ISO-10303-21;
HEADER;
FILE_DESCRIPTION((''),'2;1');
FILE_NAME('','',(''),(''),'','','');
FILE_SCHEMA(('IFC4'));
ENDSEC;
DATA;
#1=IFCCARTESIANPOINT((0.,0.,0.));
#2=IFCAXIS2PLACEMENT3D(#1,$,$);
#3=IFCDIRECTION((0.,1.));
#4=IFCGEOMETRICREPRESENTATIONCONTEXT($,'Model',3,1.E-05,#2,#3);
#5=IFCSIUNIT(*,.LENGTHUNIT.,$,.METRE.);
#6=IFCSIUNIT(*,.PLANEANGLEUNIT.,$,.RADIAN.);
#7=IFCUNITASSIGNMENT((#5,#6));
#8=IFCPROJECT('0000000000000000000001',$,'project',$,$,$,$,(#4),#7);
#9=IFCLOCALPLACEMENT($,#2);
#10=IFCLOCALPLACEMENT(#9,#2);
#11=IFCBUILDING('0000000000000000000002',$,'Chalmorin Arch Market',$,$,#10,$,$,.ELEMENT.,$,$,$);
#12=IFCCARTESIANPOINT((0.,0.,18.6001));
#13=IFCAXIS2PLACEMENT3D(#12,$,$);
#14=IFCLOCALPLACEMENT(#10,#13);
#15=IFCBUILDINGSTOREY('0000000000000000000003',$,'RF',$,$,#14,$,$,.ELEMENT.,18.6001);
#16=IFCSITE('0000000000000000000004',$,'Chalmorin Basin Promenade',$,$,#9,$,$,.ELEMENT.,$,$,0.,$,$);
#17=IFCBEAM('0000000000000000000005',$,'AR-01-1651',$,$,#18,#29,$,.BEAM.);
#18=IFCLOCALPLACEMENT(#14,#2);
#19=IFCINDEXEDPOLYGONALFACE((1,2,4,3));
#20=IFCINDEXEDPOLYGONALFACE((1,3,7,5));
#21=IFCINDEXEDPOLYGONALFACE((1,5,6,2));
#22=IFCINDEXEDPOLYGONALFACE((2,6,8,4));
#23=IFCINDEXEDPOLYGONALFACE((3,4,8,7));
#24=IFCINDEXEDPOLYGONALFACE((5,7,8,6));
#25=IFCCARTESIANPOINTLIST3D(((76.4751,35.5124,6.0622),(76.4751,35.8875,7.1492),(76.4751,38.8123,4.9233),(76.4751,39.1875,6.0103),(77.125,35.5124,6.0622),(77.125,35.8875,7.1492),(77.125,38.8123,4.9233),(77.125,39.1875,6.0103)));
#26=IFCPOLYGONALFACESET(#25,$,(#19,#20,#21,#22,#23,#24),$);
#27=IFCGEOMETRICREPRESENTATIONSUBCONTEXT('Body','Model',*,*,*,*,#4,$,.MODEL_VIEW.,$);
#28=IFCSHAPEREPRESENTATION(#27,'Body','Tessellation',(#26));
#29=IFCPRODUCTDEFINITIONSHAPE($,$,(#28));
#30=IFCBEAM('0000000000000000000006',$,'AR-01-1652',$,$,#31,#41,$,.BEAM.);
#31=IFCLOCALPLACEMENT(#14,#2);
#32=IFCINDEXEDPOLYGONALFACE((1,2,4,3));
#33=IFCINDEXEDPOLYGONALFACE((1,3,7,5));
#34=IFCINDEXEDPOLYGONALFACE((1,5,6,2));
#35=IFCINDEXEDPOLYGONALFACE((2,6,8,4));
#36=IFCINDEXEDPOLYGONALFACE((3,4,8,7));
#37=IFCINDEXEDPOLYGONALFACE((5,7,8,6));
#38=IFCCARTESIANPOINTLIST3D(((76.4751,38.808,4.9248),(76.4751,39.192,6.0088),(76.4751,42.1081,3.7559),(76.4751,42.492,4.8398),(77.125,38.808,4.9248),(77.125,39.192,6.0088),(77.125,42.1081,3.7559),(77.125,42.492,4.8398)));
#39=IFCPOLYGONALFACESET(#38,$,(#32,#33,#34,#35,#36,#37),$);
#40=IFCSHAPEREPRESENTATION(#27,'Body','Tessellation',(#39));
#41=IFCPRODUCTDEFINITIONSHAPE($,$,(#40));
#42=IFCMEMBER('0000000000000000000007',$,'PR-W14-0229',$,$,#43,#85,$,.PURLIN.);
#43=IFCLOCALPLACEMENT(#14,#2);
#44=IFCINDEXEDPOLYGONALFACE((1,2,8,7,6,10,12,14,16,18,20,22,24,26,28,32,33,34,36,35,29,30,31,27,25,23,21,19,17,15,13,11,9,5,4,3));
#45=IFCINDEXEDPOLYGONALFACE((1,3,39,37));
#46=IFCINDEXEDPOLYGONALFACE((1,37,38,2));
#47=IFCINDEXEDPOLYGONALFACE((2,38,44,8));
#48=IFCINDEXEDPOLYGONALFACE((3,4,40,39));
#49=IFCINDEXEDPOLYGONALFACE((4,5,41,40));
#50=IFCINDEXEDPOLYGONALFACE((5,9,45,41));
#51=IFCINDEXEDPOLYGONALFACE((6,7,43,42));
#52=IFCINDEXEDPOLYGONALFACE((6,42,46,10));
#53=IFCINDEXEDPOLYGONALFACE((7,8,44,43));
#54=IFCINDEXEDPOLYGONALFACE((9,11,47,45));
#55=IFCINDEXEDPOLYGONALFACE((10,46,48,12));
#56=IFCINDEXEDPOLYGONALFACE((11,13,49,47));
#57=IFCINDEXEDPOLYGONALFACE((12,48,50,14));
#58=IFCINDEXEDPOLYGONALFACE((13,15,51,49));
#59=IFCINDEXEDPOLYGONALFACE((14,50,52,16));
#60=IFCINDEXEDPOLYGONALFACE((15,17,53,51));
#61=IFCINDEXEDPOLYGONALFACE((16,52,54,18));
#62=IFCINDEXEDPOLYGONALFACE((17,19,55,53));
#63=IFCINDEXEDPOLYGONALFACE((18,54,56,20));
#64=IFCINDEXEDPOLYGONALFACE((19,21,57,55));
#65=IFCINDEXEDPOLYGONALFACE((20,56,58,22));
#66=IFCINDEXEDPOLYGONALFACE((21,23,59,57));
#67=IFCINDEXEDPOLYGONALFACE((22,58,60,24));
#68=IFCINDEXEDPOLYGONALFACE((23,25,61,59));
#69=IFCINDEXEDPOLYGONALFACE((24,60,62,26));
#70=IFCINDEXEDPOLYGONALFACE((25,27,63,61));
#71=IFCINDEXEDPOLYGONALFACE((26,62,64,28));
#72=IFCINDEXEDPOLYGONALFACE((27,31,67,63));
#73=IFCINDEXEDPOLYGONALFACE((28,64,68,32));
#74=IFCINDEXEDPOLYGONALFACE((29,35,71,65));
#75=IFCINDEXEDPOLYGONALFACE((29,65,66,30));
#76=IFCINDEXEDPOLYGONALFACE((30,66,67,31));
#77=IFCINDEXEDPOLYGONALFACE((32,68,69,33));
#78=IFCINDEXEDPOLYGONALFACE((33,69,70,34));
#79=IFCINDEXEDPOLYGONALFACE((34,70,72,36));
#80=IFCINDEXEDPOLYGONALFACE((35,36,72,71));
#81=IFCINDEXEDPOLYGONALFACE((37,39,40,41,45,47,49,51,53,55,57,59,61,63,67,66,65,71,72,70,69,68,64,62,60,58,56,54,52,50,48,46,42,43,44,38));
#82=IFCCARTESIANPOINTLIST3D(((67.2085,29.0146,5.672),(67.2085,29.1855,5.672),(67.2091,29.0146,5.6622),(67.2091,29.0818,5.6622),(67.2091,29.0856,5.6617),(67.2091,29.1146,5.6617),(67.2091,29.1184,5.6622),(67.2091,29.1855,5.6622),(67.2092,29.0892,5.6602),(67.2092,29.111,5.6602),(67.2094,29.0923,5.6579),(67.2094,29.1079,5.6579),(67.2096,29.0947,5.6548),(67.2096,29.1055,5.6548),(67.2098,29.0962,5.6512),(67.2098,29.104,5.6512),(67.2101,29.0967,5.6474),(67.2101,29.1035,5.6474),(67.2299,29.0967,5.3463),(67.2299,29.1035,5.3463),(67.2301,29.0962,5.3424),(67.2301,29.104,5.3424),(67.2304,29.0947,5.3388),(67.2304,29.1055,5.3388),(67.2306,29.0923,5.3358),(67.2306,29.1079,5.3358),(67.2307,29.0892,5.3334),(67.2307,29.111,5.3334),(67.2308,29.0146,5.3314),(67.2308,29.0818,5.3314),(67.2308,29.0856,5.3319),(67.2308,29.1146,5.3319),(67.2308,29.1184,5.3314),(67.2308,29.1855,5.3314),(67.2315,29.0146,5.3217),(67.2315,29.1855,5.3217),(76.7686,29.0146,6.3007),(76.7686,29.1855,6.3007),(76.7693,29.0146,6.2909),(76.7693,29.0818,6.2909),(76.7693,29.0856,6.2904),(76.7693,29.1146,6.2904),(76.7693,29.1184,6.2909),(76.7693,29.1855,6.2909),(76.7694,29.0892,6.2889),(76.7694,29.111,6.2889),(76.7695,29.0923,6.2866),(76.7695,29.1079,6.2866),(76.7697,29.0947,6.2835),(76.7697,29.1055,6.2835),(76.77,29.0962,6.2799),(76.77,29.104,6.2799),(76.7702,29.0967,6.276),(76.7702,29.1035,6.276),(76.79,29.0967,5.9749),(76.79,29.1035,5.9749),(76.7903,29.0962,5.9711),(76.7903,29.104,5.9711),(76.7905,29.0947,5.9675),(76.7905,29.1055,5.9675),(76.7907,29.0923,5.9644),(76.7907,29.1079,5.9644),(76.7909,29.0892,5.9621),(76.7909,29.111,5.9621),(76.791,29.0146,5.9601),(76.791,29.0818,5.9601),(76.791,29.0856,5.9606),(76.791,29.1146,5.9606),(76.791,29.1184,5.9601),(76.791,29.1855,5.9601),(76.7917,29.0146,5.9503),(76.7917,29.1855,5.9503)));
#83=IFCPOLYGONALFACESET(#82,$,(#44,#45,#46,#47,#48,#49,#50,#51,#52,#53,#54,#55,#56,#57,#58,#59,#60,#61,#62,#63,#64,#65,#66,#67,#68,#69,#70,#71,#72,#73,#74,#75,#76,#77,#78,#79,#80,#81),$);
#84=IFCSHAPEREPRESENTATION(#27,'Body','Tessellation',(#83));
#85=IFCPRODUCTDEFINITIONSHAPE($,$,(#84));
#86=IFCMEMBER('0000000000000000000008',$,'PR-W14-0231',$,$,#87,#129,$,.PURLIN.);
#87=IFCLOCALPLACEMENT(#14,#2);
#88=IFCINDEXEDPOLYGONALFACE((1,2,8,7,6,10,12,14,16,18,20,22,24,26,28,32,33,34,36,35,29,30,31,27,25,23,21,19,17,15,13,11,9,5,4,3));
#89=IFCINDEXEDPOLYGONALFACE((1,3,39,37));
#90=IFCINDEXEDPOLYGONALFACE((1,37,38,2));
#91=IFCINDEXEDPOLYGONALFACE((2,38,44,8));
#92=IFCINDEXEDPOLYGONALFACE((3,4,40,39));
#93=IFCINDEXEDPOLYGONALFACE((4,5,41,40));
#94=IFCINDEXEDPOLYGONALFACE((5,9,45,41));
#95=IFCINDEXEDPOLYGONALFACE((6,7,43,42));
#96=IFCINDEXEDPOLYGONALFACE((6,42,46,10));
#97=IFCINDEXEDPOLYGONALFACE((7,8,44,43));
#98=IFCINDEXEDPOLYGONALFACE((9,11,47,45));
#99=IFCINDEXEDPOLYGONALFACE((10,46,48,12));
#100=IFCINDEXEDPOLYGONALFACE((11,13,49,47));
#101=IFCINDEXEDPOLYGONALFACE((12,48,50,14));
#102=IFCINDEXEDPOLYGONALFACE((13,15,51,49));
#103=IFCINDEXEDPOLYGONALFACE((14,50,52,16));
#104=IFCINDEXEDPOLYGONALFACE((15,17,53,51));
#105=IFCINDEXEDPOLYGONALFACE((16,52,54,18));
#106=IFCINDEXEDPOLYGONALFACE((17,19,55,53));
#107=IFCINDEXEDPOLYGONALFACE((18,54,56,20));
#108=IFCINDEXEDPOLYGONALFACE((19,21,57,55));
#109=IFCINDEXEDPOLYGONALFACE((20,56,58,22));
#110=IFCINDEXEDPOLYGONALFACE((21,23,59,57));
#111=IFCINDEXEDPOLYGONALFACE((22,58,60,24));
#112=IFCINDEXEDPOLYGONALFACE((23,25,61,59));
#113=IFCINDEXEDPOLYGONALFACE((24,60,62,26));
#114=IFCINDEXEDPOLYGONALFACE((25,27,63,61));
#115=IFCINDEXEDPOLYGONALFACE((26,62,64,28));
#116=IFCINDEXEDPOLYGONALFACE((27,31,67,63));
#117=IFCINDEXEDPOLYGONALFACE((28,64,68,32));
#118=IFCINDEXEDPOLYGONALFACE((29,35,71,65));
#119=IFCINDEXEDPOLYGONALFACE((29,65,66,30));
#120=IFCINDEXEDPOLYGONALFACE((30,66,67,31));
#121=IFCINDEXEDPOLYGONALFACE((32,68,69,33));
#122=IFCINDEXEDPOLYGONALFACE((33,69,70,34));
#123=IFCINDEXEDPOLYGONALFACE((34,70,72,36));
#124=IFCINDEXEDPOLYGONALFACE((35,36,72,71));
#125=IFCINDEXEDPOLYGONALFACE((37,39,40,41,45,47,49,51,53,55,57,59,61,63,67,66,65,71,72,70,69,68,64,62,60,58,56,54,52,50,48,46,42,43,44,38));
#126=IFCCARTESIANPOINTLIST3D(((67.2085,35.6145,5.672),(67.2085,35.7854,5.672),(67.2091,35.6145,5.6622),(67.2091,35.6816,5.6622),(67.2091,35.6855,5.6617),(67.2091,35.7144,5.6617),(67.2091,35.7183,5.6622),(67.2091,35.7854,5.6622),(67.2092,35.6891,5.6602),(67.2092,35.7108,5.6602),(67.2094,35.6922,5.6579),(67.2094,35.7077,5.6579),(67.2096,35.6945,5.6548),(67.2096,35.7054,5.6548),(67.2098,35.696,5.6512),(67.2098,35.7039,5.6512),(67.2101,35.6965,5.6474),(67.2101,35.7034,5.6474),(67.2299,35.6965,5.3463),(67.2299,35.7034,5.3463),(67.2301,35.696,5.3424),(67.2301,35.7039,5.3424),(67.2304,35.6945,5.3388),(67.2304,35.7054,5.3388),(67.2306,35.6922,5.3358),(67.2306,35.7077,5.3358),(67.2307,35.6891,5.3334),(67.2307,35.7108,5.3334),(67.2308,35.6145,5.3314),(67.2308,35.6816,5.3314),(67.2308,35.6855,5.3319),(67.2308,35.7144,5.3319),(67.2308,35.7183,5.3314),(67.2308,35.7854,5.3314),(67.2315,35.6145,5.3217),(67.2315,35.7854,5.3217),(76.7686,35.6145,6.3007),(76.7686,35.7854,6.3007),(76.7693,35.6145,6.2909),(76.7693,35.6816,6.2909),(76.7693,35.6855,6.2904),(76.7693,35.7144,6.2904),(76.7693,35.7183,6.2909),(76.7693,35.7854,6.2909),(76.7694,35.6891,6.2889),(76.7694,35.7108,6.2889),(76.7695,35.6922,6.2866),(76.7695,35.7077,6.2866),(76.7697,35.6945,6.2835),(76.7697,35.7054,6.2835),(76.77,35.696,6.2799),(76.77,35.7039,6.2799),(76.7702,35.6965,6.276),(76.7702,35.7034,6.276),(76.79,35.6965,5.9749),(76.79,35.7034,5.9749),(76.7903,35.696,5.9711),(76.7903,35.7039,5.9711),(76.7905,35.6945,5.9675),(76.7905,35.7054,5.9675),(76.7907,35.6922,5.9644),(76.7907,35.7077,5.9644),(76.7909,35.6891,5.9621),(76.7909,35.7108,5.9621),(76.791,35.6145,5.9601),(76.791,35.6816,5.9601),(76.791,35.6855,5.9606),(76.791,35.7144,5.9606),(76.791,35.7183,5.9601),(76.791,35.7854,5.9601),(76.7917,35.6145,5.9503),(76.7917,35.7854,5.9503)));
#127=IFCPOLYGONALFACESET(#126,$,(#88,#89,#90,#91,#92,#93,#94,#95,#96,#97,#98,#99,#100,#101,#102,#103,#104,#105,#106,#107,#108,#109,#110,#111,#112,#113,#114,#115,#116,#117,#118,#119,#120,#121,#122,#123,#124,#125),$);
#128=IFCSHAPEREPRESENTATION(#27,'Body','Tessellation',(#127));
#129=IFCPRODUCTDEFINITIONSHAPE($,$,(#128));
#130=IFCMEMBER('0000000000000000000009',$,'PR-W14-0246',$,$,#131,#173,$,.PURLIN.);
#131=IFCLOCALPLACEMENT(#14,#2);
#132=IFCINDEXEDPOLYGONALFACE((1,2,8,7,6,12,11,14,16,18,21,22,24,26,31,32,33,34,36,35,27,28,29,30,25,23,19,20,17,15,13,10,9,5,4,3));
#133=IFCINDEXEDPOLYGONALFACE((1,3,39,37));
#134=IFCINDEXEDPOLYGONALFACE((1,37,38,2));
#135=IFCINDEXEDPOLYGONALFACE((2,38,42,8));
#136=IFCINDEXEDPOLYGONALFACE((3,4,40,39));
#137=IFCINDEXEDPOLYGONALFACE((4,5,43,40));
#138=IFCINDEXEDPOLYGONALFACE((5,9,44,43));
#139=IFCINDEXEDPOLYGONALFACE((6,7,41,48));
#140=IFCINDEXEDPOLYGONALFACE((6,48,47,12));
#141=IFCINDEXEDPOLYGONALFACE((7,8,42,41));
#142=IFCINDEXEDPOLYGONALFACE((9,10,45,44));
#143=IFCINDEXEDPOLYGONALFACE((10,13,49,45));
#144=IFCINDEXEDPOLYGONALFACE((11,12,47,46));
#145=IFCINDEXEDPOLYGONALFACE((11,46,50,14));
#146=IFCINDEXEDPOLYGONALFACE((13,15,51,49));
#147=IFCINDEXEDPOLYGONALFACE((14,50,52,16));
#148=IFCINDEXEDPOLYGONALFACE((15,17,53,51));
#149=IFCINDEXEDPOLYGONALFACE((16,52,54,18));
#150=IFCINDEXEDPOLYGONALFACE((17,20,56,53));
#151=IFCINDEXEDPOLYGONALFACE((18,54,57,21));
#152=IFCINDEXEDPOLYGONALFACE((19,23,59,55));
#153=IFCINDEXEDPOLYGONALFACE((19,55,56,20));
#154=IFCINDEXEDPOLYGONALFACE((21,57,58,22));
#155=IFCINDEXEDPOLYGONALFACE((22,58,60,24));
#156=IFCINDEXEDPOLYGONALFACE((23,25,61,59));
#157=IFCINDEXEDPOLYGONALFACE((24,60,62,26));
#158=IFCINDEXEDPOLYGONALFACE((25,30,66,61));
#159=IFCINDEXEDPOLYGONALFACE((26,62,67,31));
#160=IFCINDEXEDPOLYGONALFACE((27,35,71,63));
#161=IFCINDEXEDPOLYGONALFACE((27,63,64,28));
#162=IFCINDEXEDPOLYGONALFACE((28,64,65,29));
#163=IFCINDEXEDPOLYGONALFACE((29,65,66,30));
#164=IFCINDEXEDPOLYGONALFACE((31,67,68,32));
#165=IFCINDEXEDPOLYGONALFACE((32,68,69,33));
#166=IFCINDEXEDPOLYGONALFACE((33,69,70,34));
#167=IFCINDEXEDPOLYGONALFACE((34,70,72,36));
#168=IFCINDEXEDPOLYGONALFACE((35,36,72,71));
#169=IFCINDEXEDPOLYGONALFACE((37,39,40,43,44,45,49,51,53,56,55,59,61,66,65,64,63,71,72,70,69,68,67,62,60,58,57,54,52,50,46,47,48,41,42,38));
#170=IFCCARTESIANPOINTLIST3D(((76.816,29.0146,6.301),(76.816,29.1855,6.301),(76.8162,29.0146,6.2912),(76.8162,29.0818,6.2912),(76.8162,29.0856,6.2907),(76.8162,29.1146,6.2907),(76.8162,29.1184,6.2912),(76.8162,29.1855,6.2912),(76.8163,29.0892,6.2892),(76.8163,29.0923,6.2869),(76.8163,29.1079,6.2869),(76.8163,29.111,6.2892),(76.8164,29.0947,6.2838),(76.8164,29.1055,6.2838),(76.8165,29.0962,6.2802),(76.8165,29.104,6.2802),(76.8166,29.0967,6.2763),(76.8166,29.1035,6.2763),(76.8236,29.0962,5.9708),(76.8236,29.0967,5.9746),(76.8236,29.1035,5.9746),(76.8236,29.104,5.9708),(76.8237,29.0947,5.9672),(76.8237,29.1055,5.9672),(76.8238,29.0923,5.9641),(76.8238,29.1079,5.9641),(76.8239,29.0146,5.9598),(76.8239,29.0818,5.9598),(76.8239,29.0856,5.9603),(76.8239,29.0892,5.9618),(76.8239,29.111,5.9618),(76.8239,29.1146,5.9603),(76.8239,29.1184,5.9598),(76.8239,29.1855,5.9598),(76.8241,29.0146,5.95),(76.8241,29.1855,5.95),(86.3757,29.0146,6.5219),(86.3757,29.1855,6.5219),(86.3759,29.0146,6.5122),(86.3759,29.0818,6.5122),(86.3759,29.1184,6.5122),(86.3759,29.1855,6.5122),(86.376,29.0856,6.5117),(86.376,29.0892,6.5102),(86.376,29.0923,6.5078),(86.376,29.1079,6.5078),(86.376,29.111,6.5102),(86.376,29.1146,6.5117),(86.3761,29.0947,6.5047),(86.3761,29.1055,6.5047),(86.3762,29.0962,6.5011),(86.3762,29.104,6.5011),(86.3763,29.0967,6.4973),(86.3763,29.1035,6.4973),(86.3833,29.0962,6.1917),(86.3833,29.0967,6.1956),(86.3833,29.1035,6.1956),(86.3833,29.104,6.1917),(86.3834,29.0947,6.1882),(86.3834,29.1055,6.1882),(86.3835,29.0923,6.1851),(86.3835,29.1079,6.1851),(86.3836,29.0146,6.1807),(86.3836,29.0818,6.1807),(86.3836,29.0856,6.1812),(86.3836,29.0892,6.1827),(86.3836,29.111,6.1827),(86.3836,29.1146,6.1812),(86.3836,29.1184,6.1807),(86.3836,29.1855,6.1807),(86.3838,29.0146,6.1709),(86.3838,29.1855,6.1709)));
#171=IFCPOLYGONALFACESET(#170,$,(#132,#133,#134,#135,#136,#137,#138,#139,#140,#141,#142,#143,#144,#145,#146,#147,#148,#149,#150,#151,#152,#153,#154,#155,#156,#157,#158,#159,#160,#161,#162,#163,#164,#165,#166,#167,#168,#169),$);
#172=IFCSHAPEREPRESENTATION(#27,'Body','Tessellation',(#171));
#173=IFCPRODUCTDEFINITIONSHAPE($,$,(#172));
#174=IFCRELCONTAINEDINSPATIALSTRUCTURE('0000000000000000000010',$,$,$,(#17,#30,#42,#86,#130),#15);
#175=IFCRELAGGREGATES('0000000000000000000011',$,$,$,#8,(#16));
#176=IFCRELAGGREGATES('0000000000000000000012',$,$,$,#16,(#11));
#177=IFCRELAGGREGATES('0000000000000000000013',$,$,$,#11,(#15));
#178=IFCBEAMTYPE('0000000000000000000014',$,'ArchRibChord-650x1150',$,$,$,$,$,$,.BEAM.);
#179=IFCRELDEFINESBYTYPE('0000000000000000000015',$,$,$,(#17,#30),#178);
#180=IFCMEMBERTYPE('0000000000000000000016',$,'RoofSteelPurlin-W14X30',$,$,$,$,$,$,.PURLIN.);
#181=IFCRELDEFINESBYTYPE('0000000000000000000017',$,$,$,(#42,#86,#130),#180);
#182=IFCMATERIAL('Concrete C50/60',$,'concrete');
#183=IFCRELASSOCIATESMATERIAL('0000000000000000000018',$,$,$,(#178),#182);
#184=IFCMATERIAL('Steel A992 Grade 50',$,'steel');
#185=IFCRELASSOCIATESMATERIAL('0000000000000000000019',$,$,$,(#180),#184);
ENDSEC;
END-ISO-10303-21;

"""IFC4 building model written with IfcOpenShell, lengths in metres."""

from ifc_helpers import new_model, si_unit, direction, frame, origin, origin_2d, place, context, subcontext, project, spatial, rectangle, i_section, extrude, material, material_profile, profile_set, type_object, element, save


model = new_model("IFC4")

# Units and contexts
model_context = context("Model", 3, precision=1e-05, world=origin(), true_north=direction((0.0, 1.0)))
body_context = subcontext(model_context, "Body", "Model", "MODEL_VIEW")
ifc_project = project(units=[si_unit("LENGTHUNIT", "METRE"), si_unit("PLANEANGLEUNIT", "RADIAN")], contexts=[model_context])

# Site, building, storey
site_placement = place(None, origin())
site = spatial("IfcSite", under=ifc_project, at=site_placement, Name="Chalmorin Basin Promenade", CompositionType="ELEMENT", RefElevation=0.0)
building_placement = place(site_placement, origin())
building = spatial("IfcBuilding", under=site, at=building_placement, Name="Chalmorin Arch Market", CompositionType="ELEMENT")
storey_placement = place(building_placement, frame((0.0, 0.0, 18.6001)))
storey = spatial("IfcBuildingStorey", under=building, at=storey_placement, Name="RF", CompositionType="ELEMENT", Elevation=18.6001)

# Beams
ifc_material_1 = material(Name="Concrete C50/60", Category="concrete")
ifc_material_profile_1 = material_profile(ifc_material_1, rectangle(XDim=0.6499, YDim=1.1499, at=origin_2d()), Name="RC650X1150")
ifc_profile_set_1 = profile_set([ifc_material_profile_1], Name="Concrete C50/60")
beam_type = type_object("IfcBeamType", Name="ArchRibChord-650x1150", PredefinedType="BEAM", material=ifc_profile_set_1)
beam_1_placement = place(storey_placement, frame((76.8, 35.7, 6.6057), z_axis=(0.0, 0.945287, -0.326239), x_axis=(-1.0, 0.0, 0.0)))
element("IfcBeam", 1, at=beam_1_placement, inside=storey, type_object=beam_type, Name="AR-01-1651", PredefinedType="BEAM", context=body_context, shape_type="SweptSolid", body=[
    extrude(rectangle(XDim=0.6499, YDim=1.1499, at=origin_2d()), origin(), (0.0, 0.0, 1.0), 3.491),
])
beam_2_placement = place(storey_placement, frame((76.8, 39.0, 5.4668), z_axis=(0.0, 0.942611, -0.333892), x_axis=(-1.0, 0.0, 0.0)))
element("IfcBeam", 2, at=beam_2_placement, inside=storey, type_object=beam_type, Name="AR-01-1652", PredefinedType="BEAM", context=body_context, shape_type="SweptSolid", body=[
    extrude(rectangle(XDim=0.6499, YDim=1.1499, at=origin_2d()), origin(), (0.0, 0.0, 1.0), 3.501),
])

# Members
ifc_material_2 = material(Name="Steel A992 Grade 50", Category="steel")
ifc_material_profile_2 = material_profile(ifc_material_2, i_section(OverallWidth=0.1709, OverallDepth=0.3511, WebThickness=0.0068, FlangeThickness=0.0098, FilletRadius=0.0149, at=origin_2d()), Name="W14X30")
ifc_profile_set_2 = profile_set([ifc_material_profile_2], Name="Steel A992 Grade 50")
member_type_1 = type_object("IfcMemberType", Name="RoofSteelPurlin-W14X30", PredefinedType="PURLIN", material=ifc_profile_set_2)
for number, where, z_axis, x_axis, name in (
    (3, (67.22, 29.1001, 5.4968), (0.997845, 0.0, 0.065618), (0.0, 1.0, 0.0), "PR-W14-0229"),
    (4, (67.22, 35.7, 5.4968), (0.997845, 0.0, 0.065618), (0.0, 1.0, 0.0), "PR-W14-0231"),
):
    element("IfcMember", number, at=place(storey_placement, frame(where, z_axis=z_axis, x_axis=x_axis)), inside=storey, type_object=member_type_1, Name=name, PredefinedType="PURLIN", context=body_context, shape_type="SweptSolid", body=[
        extrude(i_section(OverallWidth=0.1709, OverallDepth=0.3511, WebThickness=0.0068, FlangeThickness=0.0098, FilletRadius=0.0149, at=origin_2d()), origin(), (0.0, 0.0, 1.0), 9.5808),
    ])
for number, where, z_axis, x_axis, name in (
    (5, (76.8201, 29.1001, 6.1255), (0.999733, 0.0, 0.023106), (0.0, 1.0, 0.0), "PR-W14-0246"),
):
    element("IfcMember", number, at=place(storey_placement, frame(where, z_axis=z_axis, x_axis=x_axis)), inside=storey, type_object=member_type_1, Name=name, PredefinedType="PURLIN", context=body_context, shape_type="SweptSolid", body=[
        extrude(i_section(OverallWidth=0.1709, OverallDepth=0.3511, WebThickness=0.0068, FlangeThickness=0.0098, FilletRadius=0.0149, at=origin_2d()), origin(), (0.0, 0.0, 1.0), 9.5623),
    ])

save(model, "model.ifc")
